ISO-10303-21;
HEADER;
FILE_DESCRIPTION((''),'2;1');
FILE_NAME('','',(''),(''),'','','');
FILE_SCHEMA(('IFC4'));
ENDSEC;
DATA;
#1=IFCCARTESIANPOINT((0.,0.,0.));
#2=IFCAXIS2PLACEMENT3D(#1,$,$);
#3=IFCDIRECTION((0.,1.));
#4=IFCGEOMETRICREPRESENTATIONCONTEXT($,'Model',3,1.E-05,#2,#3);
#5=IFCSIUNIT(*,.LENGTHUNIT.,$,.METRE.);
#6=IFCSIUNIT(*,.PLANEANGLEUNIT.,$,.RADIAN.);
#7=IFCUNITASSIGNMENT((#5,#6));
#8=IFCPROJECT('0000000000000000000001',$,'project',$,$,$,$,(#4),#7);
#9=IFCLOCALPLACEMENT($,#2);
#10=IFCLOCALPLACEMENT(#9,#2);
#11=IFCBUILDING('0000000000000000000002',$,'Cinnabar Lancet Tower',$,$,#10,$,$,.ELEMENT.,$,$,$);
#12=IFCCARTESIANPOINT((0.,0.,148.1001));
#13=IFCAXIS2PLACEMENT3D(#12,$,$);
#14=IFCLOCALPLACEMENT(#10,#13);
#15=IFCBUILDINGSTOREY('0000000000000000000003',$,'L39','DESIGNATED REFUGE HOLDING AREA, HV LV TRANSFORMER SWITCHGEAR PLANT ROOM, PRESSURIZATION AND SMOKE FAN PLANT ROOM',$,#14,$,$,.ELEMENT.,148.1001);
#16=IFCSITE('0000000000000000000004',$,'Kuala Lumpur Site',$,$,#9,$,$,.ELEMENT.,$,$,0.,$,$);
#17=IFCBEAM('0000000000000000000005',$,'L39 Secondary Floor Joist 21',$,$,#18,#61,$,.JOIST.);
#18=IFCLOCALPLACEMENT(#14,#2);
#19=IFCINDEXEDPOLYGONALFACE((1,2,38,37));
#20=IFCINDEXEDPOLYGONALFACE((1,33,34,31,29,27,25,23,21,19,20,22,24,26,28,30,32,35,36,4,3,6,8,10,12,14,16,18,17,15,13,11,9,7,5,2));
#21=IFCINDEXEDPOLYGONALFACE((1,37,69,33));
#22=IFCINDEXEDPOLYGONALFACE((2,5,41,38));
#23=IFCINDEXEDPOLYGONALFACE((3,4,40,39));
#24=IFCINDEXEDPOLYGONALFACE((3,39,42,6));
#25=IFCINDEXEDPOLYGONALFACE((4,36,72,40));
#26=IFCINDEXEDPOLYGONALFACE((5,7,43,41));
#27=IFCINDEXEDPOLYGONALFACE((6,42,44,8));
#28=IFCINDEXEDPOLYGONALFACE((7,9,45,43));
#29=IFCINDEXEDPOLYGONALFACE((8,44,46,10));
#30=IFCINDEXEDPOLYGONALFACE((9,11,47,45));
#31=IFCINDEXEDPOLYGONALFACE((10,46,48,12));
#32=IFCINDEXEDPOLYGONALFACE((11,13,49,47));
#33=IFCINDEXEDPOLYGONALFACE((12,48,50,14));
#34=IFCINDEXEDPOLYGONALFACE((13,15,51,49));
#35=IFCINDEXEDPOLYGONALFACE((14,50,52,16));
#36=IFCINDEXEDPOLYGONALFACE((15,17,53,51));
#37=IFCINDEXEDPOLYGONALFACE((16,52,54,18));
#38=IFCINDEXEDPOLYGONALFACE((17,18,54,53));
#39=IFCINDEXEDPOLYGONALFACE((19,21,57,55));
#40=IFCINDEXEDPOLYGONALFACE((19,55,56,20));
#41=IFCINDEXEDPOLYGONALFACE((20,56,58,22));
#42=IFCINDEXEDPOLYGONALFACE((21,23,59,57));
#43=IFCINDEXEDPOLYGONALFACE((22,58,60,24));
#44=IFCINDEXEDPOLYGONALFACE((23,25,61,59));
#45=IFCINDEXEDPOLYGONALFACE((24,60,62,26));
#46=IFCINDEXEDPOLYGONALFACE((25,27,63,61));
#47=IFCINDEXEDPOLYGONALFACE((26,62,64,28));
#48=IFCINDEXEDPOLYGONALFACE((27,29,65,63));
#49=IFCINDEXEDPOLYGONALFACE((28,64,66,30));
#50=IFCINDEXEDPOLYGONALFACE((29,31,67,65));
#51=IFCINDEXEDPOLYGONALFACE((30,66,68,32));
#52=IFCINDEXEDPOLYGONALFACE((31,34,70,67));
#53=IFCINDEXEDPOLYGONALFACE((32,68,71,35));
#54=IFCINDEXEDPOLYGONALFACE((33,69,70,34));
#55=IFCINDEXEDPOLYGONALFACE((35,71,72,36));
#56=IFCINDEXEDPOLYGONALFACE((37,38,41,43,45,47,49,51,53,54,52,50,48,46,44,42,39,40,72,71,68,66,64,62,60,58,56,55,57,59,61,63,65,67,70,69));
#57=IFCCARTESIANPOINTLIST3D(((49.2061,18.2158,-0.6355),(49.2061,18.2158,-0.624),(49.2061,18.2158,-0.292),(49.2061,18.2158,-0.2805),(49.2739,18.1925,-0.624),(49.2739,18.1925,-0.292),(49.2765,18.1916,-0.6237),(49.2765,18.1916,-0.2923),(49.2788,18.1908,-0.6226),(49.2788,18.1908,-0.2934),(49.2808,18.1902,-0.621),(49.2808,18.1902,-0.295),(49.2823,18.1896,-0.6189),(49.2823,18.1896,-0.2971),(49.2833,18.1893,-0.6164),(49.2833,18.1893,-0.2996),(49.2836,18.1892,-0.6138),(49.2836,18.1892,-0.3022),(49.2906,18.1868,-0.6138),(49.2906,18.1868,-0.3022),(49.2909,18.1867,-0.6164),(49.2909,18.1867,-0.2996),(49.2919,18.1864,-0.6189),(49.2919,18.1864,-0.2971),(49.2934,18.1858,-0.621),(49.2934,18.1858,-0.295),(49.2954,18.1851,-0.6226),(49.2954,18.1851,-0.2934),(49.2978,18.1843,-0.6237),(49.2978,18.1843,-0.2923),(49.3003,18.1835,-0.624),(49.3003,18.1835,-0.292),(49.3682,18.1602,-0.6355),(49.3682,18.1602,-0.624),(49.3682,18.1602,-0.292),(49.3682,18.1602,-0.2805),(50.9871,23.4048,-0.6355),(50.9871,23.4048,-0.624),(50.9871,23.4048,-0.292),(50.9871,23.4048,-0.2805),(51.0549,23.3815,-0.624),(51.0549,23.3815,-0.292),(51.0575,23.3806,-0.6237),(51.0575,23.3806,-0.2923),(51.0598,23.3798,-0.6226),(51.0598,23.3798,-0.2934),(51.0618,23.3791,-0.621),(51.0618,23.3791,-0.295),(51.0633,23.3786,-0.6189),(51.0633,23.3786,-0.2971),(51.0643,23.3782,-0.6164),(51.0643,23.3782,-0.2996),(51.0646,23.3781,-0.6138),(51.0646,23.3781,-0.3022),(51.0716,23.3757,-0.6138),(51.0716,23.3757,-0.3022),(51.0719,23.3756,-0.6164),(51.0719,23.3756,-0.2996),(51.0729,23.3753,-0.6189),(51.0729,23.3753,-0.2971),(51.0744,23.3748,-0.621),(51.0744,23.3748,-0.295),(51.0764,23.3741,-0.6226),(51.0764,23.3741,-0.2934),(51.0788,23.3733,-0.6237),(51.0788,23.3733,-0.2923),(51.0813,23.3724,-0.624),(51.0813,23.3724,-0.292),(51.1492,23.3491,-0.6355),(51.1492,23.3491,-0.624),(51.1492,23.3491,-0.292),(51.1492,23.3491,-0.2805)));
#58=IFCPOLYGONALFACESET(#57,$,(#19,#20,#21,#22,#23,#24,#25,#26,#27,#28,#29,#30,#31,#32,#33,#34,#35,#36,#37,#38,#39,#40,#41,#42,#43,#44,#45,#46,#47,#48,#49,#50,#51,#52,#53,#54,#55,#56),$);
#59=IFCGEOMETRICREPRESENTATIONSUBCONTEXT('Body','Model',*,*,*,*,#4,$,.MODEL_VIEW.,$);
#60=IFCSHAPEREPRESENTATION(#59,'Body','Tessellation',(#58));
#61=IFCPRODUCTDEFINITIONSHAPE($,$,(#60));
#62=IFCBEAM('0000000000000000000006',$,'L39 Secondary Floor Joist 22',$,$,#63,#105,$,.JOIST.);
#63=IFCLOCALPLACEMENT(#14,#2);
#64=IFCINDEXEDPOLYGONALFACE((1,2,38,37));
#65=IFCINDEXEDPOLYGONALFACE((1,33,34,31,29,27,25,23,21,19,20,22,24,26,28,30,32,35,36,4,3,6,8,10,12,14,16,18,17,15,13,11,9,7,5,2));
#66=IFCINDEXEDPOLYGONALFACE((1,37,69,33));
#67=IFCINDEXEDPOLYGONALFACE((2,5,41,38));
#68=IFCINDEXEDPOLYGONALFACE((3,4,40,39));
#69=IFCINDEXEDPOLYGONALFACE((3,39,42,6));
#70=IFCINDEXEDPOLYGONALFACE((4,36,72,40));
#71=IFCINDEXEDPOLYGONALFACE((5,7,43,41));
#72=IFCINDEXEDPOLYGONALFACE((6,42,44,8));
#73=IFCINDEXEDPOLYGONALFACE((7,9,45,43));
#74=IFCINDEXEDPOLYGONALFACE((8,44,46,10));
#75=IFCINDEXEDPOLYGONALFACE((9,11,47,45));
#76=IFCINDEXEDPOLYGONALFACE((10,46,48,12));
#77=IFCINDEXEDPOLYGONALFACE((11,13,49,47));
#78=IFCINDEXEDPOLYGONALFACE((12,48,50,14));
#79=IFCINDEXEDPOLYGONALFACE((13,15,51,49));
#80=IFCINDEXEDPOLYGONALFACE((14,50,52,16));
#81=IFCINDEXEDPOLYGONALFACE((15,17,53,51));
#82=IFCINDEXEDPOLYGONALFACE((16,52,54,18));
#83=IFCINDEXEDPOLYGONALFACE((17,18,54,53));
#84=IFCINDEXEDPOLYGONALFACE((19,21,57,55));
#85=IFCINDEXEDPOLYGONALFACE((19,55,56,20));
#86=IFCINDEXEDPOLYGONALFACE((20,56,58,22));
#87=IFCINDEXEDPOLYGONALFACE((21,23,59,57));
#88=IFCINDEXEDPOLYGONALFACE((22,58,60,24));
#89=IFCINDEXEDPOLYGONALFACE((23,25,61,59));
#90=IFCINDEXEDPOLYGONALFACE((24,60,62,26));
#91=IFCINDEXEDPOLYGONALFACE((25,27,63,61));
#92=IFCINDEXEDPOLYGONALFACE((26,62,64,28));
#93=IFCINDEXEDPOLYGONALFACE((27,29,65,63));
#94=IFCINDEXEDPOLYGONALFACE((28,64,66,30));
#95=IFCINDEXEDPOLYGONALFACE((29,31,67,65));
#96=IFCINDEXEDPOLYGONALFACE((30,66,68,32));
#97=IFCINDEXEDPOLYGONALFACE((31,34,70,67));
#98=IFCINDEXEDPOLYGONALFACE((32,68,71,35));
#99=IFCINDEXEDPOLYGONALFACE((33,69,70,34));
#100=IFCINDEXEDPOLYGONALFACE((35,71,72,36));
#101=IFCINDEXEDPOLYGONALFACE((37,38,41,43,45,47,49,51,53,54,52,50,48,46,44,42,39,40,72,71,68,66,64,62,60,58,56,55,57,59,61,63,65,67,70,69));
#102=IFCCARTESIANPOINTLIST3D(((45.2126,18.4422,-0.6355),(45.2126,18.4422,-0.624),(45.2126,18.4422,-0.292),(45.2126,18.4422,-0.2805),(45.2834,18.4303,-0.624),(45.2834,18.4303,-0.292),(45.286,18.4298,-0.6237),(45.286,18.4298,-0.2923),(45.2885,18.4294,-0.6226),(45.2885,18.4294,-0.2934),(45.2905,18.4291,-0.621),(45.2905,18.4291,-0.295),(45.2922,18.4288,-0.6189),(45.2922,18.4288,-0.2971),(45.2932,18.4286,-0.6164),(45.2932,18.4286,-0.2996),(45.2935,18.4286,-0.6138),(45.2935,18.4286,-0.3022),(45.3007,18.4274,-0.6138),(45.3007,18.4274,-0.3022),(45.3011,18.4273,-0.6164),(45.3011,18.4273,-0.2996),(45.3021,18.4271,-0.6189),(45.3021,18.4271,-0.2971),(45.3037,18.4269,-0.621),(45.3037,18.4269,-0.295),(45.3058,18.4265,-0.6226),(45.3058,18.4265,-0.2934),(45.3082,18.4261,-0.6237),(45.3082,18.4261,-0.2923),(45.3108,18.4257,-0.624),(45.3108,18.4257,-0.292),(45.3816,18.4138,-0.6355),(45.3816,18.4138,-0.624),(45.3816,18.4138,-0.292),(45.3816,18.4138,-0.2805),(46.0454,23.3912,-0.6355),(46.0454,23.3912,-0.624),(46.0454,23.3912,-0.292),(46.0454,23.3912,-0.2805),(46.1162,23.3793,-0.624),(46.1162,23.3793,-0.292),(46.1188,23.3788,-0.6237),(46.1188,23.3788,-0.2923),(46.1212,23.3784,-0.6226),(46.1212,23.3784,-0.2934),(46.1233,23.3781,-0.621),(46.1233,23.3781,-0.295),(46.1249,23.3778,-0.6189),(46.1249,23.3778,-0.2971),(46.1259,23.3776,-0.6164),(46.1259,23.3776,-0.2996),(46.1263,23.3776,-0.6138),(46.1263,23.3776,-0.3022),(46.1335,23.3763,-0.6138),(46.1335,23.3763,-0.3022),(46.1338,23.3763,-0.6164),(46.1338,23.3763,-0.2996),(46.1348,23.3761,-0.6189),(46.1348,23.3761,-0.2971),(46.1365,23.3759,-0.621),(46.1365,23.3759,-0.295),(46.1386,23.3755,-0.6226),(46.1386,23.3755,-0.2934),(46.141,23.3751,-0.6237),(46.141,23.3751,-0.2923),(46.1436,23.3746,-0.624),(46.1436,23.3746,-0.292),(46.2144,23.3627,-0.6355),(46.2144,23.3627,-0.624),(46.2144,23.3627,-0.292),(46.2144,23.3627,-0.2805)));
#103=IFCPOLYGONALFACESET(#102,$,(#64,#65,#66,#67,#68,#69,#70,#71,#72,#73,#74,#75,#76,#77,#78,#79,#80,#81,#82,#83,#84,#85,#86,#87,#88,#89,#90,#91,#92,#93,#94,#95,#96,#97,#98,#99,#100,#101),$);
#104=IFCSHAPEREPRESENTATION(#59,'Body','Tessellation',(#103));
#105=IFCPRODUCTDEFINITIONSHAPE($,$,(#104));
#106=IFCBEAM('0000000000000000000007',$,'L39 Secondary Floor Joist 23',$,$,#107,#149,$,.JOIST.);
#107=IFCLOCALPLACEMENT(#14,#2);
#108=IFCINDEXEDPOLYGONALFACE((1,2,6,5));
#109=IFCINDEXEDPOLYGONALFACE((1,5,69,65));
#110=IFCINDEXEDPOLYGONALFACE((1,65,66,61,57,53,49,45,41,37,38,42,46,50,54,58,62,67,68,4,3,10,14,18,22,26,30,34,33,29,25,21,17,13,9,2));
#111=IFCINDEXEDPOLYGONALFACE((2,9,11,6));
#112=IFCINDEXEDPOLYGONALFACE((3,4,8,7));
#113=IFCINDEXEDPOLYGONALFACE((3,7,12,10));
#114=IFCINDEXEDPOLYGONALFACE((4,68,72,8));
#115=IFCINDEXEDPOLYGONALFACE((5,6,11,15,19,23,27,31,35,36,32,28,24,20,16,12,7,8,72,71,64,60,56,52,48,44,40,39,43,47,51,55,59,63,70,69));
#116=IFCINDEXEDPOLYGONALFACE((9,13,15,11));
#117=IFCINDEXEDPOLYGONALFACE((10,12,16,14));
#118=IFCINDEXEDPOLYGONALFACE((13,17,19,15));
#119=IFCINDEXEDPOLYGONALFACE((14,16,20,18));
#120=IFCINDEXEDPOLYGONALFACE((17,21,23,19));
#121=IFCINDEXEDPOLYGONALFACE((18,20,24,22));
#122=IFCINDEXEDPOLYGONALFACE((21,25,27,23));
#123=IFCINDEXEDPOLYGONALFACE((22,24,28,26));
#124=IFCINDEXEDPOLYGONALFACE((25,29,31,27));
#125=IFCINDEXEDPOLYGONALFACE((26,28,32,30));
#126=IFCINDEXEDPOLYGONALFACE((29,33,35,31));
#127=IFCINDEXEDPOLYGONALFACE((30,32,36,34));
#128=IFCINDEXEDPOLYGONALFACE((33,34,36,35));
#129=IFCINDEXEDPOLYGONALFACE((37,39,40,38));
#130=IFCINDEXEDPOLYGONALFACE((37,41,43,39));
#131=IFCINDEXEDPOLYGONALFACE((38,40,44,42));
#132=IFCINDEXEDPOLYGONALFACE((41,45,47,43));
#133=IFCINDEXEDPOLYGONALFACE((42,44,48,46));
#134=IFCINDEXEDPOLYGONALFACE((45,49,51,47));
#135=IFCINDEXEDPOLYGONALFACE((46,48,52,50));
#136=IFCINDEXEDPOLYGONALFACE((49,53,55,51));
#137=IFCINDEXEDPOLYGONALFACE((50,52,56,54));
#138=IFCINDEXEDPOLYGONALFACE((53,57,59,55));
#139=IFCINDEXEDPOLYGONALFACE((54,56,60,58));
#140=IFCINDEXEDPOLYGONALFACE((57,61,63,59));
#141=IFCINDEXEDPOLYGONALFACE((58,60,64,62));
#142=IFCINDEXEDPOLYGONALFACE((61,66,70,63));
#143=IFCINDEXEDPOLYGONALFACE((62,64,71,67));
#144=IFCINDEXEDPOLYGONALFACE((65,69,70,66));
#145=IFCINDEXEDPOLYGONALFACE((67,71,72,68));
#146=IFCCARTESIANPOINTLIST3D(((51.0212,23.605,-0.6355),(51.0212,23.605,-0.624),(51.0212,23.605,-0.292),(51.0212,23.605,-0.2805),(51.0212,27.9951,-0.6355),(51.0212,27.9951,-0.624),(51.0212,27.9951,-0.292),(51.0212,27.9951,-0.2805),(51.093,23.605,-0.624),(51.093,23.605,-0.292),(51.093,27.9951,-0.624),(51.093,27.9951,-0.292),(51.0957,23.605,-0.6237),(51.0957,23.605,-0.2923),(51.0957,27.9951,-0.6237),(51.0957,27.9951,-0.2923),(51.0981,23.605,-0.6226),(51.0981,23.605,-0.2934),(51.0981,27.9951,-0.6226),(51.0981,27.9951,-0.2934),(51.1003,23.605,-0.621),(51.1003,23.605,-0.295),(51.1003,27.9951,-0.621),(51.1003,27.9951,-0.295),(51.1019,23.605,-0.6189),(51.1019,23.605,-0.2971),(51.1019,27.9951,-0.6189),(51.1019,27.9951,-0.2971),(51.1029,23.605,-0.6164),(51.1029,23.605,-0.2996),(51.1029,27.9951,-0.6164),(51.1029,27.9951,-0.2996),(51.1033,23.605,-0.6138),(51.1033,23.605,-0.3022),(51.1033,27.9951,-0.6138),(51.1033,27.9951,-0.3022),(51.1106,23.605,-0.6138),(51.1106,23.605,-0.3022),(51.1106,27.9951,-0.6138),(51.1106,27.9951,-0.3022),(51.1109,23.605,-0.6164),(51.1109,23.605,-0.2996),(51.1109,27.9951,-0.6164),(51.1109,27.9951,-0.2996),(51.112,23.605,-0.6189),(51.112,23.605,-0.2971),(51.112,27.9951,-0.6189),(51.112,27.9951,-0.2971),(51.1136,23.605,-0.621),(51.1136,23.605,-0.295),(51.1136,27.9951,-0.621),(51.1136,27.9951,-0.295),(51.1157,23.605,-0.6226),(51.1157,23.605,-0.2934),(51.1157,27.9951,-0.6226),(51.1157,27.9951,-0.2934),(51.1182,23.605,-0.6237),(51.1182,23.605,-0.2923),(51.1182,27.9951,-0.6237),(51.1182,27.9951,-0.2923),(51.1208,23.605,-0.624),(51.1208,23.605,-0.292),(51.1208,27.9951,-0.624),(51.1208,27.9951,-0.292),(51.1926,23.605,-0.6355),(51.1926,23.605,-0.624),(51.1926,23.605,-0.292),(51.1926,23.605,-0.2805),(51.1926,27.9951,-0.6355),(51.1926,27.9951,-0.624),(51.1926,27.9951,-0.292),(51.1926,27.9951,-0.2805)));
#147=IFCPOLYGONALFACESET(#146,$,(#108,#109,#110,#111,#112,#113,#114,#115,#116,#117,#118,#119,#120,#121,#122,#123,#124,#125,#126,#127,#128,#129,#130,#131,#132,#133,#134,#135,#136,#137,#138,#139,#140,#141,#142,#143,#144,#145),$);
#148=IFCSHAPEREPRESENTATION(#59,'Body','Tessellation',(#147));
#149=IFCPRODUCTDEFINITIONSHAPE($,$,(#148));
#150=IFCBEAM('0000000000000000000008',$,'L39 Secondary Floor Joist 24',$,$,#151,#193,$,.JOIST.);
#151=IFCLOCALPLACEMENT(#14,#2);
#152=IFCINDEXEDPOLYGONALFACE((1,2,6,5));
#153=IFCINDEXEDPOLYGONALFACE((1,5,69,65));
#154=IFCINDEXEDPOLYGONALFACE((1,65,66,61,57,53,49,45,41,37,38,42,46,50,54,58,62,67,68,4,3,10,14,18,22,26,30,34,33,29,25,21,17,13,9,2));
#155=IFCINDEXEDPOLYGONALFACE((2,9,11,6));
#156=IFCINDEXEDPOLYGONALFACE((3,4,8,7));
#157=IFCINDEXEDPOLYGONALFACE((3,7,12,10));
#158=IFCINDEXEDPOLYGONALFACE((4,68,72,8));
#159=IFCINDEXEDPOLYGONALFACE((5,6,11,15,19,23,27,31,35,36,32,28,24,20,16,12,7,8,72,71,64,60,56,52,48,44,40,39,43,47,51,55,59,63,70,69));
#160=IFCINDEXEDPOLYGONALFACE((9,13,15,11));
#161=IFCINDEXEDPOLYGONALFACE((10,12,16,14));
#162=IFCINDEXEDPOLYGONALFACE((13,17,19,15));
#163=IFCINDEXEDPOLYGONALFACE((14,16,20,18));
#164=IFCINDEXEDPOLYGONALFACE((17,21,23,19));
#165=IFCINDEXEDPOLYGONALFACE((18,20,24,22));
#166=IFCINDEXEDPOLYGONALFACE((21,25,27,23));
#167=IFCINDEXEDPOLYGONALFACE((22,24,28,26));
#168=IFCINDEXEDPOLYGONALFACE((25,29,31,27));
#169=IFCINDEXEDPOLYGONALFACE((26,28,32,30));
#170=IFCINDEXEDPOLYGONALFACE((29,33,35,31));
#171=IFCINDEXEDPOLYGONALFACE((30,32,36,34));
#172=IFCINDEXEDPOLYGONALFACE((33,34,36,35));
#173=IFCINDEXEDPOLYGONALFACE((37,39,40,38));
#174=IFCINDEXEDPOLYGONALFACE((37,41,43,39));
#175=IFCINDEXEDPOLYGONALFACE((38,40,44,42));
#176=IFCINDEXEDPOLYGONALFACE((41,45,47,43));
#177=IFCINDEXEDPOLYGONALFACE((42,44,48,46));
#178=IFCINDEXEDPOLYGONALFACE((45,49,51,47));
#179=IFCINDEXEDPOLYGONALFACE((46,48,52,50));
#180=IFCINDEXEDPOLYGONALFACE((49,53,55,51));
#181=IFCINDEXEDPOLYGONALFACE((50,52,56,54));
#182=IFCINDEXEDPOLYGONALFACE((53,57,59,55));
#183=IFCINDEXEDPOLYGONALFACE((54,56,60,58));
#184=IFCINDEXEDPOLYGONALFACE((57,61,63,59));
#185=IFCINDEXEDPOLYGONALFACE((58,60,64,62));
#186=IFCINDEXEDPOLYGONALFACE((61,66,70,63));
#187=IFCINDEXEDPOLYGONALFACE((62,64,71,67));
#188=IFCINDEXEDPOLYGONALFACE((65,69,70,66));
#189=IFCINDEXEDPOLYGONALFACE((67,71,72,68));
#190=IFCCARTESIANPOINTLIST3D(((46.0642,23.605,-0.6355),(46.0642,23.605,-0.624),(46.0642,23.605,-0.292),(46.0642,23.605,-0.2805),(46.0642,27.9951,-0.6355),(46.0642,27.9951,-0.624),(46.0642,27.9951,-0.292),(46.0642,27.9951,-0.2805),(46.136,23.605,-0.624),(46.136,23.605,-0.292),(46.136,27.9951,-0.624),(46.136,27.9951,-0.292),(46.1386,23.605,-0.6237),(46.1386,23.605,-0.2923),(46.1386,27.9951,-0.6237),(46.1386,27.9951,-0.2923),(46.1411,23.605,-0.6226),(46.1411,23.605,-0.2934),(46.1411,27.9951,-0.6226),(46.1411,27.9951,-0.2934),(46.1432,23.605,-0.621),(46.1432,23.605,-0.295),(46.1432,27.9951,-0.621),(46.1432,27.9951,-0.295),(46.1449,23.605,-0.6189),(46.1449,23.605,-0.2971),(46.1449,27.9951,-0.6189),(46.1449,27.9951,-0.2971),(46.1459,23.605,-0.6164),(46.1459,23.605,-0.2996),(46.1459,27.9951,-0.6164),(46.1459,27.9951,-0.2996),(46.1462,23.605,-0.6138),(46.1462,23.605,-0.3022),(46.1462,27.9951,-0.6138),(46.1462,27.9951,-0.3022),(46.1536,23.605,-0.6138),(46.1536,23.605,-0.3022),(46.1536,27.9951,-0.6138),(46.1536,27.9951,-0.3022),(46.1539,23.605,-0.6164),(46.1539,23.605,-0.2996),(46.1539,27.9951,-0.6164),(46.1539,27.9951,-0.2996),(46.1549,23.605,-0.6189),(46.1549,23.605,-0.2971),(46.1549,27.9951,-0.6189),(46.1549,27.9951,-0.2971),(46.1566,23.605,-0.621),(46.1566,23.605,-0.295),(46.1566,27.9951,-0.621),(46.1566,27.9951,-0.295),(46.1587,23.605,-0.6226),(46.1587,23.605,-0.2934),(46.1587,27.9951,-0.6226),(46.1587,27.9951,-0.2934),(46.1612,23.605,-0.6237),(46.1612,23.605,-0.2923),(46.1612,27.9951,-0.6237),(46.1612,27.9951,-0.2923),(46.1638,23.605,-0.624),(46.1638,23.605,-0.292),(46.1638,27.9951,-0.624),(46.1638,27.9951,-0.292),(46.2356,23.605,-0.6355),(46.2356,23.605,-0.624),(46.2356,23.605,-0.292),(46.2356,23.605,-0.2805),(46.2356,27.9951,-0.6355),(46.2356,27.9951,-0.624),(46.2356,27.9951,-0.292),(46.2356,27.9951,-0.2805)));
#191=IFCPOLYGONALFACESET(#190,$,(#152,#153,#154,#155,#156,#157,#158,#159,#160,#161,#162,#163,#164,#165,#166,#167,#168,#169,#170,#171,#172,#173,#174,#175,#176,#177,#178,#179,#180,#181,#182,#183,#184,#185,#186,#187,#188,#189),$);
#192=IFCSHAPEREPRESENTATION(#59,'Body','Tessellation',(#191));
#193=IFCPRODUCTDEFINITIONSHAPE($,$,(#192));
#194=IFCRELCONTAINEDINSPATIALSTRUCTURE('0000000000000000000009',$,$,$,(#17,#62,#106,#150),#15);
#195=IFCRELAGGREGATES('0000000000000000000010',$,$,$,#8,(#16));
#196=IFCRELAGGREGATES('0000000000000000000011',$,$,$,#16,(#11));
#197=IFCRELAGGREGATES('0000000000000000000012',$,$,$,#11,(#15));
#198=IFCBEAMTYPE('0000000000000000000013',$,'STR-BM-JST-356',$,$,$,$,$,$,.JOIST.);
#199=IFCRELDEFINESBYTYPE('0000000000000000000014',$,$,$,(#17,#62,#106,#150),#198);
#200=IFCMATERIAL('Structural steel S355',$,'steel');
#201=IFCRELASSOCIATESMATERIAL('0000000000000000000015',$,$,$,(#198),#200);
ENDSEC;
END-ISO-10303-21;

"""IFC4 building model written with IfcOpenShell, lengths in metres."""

from ifc_helpers import new_model, si_unit, direction, frame, origin, origin_2d, place, context, subcontext, project, spatial, i_section, extrude, material, material_profile, profile_set, type_object, element, save


model = new_model("IFC4")

# Units and contexts
model_context = context("Model", 3, precision=1e-05, world=origin(), true_north=direction((0.0, 1.0)))
body_context = subcontext(model_context, "Body", "Model", "MODEL_VIEW")
ifc_project = project(units=[si_unit("LENGTHUNIT", "METRE"), si_unit("PLANEANGLEUNIT", "RADIAN")], contexts=[model_context])

# Site, building, storey
site_placement = place(None, origin())
site = spatial("IfcSite", under=ifc_project, at=site_placement, Name="Kuala Lumpur Site", CompositionType="ELEMENT", RefElevation=0.0)
building_placement = place(site_placement, origin())
building = spatial("IfcBuilding", under=site, at=building_placement, Name="Cinnabar Lancet Tower", CompositionType="ELEMENT")
storey_placement = place(building_placement, frame((0.0, 0.0, 148.1001)))
storey = spatial("IfcBuildingStorey", under=building, at=storey_placement, Name="L39", Description="DESIGNATED REFUGE HOLDING AREA, HV LV TRANSFORMER SWITCHGEAR PLANT ROOM, PRESSURIZATION AND SMOKE FAN PLANT ROOM", CompositionType="ELEMENT", Elevation=148.1001)

# Beams
ifc_material_1 = material(Name="Structural steel S355", Category="steel")
ifc_material_profile_1 = material_profile(ifc_material_1, i_section(OverallWidth=0.1714, OverallDepth=0.355, WebThickness=0.0073, FlangeThickness=0.0115, FilletRadius=0.0103, at=origin_2d()), Name="UKB 356x171x51")
ifc_profile_set_1 = profile_set([ifc_material_profile_1], Name="Structural steel S355")
beam_type_1 = type_object("IfcBeamType", Name="STR-BM-JST-356", PredefinedType="JOIST", material=ifc_profile_set_1)
beam_1_placement = place(storey_placement, frame((49.2871, 18.188, -0.458), z_axis=(0.324639, 0.945838, 0.0), x_axis=(-0.945838, 0.324639, 0.0)))
element("IfcBeam", 1, at=beam_1_placement, inside=storey, type_object=beam_type_1, Name="L39 Secondary Floor Joist 21", PredefinedType="JOIST", context=body_context, shape_type="SweptSolid", body=[
    extrude(i_section(OverallWidth=0.1714, OverallDepth=0.355, WebThickness=0.0073, FlangeThickness=0.0115, FilletRadius=0.0103, at=origin_2d()), origin(), (0.0, 0.0, 1.0), 5.4861),
])
beam_2_placement = place(storey_placement, frame((45.2971, 18.428, -0.458), z_axis=(0.165937, 0.986136, 0.0), x_axis=(-0.986136, 0.165937, 0.0)))
element("IfcBeam", 2, at=beam_2_placement, inside=storey, type_object=beam_type_1, Name="L39 Secondary Floor Joist 22", PredefinedType="JOIST", context=body_context, shape_type="SweptSolid", body=[
    extrude(i_section(OverallWidth=0.1714, OverallDepth=0.355, WebThickness=0.0073, FlangeThickness=0.0115, FilletRadius=0.0103, at=origin_2d()), origin(), (0.0, 0.0, 1.0), 5.0186),
])
for number, where, z_axis, x_axis, name in (
    (3, (51.1069, 23.605, -0.458), (0.0, 1.0, 0.0), (-1.0, 0.0, 0.0), "L39 Secondary Floor Joist 23"),
    (4, (46.1499, 23.605, -0.458), (0.0, 1.0, 0.0), (-1.0, 0.0, 0.0), "L39 Secondary Floor Joist 24"),
):
    element("IfcBeam", number, at=place(storey_placement, frame(where, z_axis=z_axis, x_axis=x_axis)), inside=storey, type_object=beam_type_1, Name=name, PredefinedType="JOIST", context=body_context, shape_type="SweptSolid", body=[
        extrude(i_section(OverallWidth=0.1714, OverallDepth=0.355, WebThickness=0.0073, FlangeThickness=0.0115, FilletRadius=0.0103, at=origin_2d()), origin(), (0.0, 0.0, 1.0), 4.3901),
    ])

save(model, "model.ifc")
